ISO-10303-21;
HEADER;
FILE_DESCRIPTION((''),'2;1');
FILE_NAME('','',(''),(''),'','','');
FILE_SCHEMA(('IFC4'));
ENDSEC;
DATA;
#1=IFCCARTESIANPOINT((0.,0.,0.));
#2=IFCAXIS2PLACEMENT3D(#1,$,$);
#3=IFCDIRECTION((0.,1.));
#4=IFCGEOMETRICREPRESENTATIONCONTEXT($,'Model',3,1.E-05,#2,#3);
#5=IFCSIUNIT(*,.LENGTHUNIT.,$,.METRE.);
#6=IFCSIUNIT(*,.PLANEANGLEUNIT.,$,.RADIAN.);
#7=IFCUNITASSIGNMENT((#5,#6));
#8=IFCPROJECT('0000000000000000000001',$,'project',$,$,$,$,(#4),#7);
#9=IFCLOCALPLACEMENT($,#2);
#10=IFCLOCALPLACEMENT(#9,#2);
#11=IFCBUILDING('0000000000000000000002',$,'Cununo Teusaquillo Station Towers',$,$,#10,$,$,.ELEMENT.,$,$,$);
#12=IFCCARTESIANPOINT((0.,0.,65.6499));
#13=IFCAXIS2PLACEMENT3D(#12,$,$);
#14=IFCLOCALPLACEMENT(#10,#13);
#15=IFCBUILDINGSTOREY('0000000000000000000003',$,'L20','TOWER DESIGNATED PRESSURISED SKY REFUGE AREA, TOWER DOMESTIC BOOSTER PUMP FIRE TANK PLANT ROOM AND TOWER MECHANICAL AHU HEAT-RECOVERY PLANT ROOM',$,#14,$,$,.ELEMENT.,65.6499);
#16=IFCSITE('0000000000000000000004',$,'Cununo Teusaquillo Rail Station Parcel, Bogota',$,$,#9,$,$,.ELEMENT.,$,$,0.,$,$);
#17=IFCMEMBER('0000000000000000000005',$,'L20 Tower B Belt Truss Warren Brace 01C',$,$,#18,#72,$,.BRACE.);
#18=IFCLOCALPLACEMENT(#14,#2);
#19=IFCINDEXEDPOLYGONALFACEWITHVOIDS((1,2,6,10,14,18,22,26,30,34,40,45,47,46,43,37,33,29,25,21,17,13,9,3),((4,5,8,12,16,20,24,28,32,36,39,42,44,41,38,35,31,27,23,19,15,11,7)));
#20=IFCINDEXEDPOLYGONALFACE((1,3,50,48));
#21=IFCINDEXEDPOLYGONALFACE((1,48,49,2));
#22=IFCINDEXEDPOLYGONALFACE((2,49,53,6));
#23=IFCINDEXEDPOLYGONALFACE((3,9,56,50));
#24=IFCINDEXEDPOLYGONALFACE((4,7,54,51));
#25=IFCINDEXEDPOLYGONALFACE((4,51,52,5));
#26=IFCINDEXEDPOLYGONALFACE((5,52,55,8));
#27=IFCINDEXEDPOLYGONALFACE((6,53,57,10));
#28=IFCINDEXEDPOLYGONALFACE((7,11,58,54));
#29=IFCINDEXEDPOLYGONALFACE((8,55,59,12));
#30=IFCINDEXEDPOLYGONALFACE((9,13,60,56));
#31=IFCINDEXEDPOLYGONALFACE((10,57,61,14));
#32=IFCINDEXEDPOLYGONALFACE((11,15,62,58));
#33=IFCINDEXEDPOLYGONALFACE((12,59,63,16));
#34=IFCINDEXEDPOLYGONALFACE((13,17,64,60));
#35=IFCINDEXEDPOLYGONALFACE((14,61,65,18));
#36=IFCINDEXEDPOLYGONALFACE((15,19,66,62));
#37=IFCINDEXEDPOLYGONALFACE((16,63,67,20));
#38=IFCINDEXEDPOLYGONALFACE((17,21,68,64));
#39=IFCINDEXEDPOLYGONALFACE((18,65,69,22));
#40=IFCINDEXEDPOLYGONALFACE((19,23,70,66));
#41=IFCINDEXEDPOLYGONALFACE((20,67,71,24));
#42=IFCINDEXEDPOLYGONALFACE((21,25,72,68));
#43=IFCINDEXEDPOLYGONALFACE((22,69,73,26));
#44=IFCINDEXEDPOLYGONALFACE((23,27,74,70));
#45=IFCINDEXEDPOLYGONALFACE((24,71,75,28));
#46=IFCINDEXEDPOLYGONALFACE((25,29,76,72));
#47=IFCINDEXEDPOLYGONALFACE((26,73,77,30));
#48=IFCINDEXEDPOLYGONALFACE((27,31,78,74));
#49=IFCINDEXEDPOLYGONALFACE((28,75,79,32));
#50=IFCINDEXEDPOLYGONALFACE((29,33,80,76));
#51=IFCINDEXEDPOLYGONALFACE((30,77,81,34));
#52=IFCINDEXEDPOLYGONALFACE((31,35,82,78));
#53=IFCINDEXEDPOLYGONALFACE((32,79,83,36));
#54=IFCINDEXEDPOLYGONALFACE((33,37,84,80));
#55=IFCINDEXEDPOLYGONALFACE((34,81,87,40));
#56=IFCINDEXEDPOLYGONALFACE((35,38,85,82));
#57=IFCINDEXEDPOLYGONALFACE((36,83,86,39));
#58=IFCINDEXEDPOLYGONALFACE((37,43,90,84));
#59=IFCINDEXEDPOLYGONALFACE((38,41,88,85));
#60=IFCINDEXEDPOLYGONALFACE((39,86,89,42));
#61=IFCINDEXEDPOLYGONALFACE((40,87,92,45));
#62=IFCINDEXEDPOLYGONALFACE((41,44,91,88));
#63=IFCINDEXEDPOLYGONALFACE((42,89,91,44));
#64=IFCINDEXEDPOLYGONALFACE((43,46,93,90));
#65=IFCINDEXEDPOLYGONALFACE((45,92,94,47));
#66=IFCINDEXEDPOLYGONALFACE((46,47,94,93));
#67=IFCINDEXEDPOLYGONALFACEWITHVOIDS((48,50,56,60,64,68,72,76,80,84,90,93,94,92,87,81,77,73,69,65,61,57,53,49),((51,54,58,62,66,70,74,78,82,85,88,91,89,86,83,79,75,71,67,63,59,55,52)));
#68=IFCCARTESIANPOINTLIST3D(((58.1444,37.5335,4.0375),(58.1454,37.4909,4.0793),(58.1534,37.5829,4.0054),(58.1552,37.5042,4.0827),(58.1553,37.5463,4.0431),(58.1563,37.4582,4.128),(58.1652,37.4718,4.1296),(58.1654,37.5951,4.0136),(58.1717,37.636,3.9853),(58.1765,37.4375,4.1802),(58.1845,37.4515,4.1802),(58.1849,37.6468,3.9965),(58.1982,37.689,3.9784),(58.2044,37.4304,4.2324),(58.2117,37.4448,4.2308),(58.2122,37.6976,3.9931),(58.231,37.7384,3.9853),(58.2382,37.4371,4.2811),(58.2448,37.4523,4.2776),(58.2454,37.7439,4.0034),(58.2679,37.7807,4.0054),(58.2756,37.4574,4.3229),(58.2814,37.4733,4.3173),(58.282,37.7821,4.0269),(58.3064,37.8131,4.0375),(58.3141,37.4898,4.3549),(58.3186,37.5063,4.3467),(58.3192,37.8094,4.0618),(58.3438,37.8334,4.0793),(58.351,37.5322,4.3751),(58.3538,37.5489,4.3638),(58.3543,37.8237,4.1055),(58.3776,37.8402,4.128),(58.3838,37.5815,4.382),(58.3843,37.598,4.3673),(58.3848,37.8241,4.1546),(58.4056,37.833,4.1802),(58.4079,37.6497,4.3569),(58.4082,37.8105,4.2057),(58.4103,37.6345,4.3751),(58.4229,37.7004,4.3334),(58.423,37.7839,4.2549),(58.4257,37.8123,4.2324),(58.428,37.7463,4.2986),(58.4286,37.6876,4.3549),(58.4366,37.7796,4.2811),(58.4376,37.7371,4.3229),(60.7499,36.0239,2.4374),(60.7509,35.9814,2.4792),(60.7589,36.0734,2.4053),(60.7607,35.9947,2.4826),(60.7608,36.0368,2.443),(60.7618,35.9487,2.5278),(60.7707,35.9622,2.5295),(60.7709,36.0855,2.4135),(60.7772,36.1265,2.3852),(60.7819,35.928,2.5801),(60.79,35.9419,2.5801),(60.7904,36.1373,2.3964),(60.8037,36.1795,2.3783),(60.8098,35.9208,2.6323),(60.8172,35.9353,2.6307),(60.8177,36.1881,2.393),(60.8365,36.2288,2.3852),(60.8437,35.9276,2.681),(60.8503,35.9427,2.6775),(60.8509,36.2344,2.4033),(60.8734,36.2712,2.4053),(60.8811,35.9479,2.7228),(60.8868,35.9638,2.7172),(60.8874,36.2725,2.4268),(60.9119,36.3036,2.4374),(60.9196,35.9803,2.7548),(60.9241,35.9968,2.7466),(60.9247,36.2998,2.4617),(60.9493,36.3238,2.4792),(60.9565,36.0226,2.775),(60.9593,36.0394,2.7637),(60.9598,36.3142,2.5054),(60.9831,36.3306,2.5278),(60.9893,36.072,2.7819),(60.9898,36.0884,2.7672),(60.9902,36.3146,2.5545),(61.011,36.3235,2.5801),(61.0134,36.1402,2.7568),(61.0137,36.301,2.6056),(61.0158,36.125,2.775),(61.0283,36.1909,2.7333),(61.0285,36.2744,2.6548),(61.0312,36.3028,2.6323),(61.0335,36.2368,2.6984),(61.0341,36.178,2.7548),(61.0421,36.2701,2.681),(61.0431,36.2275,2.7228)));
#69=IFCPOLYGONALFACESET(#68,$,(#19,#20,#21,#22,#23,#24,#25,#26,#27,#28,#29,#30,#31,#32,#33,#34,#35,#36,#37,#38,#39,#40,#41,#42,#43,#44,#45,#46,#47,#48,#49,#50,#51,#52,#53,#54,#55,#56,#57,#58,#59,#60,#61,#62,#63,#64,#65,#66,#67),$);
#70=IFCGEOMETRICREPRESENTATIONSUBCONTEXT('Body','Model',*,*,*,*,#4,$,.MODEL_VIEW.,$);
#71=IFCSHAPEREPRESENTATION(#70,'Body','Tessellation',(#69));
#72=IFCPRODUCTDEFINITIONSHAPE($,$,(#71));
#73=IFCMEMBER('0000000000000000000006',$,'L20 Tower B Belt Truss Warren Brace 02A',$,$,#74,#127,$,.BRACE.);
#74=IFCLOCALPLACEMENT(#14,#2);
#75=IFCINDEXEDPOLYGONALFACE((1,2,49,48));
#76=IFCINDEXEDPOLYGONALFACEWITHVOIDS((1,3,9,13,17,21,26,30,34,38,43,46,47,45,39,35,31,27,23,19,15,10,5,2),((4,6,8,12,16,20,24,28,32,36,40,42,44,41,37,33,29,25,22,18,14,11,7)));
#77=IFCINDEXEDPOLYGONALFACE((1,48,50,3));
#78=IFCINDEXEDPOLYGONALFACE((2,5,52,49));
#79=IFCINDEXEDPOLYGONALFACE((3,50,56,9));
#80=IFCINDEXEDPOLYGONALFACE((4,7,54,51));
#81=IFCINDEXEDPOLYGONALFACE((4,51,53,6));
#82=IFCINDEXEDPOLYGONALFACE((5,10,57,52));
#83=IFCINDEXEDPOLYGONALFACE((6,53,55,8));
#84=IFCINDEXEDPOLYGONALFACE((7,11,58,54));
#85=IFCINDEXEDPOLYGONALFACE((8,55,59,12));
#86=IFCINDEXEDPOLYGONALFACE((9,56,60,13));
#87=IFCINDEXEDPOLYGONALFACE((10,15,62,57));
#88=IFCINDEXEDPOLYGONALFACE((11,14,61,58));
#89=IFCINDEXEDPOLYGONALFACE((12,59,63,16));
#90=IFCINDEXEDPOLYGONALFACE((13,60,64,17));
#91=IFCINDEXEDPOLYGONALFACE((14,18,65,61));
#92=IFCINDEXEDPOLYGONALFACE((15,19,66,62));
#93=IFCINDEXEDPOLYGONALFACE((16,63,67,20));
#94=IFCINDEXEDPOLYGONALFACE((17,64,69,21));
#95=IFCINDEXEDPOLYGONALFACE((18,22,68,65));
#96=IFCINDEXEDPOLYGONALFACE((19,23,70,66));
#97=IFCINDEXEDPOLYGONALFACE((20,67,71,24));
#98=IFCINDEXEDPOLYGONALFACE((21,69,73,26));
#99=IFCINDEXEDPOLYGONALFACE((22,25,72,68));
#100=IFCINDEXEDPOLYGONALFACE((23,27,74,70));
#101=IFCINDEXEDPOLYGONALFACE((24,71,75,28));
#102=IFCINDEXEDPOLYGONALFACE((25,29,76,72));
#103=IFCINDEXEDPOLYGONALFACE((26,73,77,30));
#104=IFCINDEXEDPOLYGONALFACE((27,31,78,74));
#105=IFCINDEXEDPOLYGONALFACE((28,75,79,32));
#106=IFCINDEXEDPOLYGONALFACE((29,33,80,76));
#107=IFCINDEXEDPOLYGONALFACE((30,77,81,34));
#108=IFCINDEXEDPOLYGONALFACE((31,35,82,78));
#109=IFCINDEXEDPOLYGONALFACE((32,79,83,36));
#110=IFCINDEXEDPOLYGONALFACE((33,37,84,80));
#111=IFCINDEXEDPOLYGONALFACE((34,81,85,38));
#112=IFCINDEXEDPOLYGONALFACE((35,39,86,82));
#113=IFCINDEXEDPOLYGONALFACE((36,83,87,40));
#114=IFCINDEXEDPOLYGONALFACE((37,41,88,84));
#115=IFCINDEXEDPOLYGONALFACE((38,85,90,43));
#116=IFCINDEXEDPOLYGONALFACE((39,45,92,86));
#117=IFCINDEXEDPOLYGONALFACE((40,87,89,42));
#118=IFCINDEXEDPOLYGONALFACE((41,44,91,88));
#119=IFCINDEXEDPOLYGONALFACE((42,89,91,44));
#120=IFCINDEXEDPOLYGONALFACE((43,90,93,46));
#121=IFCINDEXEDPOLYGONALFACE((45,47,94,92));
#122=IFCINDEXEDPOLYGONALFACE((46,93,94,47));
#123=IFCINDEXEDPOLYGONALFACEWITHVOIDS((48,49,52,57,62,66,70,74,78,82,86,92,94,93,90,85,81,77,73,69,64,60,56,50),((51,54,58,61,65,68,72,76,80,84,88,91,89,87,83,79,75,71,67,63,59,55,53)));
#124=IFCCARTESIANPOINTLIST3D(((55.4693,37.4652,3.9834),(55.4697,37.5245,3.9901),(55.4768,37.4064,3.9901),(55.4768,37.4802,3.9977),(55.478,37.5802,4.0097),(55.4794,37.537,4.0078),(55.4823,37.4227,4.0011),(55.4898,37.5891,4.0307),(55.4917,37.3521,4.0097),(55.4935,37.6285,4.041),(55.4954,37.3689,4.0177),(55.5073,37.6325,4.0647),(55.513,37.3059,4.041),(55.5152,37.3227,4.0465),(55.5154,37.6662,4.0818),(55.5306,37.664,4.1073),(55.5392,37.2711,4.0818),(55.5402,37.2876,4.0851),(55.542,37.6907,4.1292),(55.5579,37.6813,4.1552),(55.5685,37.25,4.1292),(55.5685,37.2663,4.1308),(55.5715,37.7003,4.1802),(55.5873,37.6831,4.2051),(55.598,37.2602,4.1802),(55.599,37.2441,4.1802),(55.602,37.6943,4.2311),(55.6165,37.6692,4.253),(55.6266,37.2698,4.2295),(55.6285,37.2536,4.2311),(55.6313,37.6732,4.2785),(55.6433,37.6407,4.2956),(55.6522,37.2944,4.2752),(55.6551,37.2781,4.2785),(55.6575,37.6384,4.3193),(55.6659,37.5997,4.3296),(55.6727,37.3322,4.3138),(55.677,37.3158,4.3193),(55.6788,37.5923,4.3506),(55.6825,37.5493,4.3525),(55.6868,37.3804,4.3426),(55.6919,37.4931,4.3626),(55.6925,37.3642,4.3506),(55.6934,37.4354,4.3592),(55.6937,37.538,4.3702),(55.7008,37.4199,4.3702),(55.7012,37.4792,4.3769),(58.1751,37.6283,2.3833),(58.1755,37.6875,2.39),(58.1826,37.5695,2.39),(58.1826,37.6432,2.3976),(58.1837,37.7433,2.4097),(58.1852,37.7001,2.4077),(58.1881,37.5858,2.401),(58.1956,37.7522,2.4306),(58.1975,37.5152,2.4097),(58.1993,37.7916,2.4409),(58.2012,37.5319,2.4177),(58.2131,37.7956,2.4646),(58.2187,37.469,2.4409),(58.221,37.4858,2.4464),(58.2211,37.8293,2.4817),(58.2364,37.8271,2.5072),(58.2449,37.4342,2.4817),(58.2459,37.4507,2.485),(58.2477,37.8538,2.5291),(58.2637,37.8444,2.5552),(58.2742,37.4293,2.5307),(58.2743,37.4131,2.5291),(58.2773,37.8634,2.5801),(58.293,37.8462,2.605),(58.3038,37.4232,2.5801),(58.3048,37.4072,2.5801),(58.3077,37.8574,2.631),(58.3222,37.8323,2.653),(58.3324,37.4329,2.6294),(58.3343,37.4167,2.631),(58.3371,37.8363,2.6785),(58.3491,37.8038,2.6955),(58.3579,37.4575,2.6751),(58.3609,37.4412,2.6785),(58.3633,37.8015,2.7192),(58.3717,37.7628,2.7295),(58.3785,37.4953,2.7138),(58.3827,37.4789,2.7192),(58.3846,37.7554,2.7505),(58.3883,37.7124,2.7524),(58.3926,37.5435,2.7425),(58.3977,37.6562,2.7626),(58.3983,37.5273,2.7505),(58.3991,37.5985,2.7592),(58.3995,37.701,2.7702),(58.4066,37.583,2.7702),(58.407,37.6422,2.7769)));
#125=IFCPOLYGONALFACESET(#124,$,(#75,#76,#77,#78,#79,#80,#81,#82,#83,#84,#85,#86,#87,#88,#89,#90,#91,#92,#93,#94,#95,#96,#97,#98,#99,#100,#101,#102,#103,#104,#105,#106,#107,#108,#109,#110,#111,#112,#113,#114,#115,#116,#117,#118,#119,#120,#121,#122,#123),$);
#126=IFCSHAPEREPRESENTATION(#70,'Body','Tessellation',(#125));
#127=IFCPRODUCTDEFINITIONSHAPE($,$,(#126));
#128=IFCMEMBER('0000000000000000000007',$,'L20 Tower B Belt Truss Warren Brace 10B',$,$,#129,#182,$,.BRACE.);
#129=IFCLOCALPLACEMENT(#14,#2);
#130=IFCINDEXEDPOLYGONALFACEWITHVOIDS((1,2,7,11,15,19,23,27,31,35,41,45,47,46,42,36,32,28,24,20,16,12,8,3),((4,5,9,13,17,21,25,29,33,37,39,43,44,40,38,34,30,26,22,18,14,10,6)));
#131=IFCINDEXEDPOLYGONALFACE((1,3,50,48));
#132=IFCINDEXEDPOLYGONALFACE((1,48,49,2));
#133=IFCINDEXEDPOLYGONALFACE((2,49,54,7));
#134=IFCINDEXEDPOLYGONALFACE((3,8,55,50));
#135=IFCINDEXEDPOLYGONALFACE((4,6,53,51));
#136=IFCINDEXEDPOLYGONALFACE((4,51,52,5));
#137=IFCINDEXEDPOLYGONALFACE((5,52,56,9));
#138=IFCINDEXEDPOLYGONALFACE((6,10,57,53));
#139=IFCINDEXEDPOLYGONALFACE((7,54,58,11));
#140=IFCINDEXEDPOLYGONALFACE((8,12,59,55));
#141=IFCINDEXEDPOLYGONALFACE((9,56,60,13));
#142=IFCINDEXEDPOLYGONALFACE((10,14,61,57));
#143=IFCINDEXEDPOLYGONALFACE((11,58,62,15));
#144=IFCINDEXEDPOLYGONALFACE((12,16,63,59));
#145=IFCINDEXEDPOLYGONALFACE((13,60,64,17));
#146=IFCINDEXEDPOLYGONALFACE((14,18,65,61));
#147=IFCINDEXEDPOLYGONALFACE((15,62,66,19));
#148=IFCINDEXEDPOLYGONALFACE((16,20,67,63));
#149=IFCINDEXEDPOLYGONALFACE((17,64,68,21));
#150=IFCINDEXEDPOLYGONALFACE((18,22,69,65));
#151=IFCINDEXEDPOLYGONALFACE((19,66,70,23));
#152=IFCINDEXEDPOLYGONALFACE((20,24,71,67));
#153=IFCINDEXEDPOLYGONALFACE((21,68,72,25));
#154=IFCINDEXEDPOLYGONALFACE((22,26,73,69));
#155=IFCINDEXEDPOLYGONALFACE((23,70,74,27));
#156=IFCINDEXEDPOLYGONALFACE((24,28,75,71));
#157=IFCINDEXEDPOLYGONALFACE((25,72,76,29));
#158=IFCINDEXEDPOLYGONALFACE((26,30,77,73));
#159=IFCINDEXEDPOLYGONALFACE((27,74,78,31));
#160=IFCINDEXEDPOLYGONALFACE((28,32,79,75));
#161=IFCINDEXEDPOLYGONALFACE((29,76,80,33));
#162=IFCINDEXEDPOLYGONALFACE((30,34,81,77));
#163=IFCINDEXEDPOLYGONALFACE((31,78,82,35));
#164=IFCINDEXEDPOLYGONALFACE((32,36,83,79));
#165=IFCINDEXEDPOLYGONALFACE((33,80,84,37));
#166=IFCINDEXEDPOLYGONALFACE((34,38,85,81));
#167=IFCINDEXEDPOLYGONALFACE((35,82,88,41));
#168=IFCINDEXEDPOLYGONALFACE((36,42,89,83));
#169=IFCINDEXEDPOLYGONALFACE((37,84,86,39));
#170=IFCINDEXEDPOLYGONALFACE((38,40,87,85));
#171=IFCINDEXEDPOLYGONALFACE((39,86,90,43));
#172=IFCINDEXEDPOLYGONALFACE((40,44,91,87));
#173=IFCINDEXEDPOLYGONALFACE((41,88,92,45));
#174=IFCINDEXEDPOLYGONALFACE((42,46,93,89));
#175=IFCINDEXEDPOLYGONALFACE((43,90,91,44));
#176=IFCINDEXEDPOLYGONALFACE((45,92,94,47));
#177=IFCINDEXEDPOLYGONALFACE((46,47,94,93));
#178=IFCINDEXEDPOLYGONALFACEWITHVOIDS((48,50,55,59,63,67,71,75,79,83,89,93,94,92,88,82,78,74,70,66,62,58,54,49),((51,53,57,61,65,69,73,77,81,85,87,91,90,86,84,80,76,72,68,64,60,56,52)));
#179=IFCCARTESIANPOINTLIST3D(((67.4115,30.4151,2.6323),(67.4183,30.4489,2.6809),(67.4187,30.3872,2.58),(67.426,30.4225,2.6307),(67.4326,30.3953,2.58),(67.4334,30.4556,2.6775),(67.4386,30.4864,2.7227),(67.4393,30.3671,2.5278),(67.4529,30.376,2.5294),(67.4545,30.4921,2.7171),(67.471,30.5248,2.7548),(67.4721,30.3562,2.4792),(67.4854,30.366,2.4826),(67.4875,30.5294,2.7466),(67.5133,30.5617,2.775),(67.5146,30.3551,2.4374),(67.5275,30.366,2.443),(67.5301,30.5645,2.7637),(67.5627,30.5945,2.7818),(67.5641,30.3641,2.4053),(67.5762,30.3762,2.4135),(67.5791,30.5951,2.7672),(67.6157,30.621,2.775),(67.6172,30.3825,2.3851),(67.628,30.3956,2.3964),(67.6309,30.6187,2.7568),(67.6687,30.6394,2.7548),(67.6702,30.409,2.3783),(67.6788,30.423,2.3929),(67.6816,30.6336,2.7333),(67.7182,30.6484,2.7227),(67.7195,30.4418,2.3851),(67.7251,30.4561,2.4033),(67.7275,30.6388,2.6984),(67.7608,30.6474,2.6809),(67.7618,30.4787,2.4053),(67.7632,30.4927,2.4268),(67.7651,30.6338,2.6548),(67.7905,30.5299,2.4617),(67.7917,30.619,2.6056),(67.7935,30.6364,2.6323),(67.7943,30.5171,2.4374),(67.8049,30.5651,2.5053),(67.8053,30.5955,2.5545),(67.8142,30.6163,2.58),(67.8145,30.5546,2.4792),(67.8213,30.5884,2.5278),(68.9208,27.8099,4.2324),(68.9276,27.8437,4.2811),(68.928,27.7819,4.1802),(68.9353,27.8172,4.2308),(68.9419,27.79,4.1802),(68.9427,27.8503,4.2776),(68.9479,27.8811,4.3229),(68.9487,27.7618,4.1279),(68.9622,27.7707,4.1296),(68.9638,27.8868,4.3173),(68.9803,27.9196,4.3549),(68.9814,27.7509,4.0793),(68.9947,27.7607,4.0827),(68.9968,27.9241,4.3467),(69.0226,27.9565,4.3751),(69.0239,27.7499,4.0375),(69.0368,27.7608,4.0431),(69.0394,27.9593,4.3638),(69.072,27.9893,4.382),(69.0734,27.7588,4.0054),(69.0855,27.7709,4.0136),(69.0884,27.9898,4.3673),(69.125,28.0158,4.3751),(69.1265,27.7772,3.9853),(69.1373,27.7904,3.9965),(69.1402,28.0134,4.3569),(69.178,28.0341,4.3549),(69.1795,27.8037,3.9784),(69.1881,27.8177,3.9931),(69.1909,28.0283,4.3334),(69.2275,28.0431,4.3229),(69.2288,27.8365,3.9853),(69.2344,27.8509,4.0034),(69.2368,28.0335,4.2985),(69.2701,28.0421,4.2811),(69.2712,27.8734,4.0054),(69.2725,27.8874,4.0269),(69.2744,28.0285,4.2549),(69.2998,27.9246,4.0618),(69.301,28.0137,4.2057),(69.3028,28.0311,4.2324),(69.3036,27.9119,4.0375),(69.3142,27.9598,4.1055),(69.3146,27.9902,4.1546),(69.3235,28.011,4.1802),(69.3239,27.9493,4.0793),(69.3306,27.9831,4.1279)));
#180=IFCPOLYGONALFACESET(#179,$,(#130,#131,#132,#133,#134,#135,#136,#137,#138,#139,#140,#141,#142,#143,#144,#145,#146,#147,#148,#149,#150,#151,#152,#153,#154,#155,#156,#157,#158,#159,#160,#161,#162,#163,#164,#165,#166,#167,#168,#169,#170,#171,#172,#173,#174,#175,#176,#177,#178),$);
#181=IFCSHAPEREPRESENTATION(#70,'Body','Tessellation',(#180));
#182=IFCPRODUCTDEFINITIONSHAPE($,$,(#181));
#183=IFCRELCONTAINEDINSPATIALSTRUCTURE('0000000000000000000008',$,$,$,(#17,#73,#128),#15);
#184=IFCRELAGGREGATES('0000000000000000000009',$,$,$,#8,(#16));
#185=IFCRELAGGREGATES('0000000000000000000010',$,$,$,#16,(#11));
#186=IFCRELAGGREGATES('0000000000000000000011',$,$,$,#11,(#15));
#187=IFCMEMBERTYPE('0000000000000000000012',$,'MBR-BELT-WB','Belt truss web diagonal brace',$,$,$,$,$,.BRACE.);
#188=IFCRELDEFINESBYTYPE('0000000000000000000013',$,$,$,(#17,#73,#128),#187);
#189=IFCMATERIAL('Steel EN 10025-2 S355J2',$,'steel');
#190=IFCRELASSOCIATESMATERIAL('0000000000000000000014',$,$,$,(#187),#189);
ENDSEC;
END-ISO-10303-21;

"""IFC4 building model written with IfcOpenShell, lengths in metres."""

from ifc_helpers import new_model, si_unit, direction, frame, origin, origin_2d, place, context, subcontext, project, spatial, hollow_circle, extrude, material, material_profile, profile_set, type_object, element, save


model = new_model("IFC4")

# Units and contexts
model_context = context("Model", 3, precision=1e-05, world=origin(), true_north=direction((0.0, 1.0)))
body_context = subcontext(model_context, "Body", "Model", "MODEL_VIEW")
ifc_project = project(units=[si_unit("LENGTHUNIT", "METRE"), si_unit("PLANEANGLEUNIT", "RADIAN")], contexts=[model_context])

# Site, building, storey
site_placement = place(None, origin())
site = spatial("IfcSite", under=ifc_project, at=site_placement, Name="Cununo Teusaquillo Rail Station Parcel, Bogota", CompositionType="ELEMENT", RefElevation=0.0)
building_placement = place(site_placement, origin())
building = spatial("IfcBuilding", under=site, at=building_placement, Name="Cununo Teusaquillo Station Towers", CompositionType="ELEMENT")
storey_placement = place(building_placement, frame((0.0, 0.0, 65.6499)))
storey = spatial("IfcBuildingStorey", under=building, at=storey_placement, Name="L20", Description="TOWER DESIGNATED PRESSURISED SKY REFUGE AREA, TOWER DOMESTIC BOOSTER PUMP FIRE TANK PLANT ROOM AND TOWER MECHANICAL AHU HEAT-RECOVERY PLANT ROOM", CompositionType="ELEMENT", Elevation=65.6499)

# Members
ifc_material_1 = material(Name="Steel EN 10025-2 S355J2", Category="steel")
ifc_material_profile_1 = material_profile(ifc_material_1, hollow_circle(Radius=0.2285, WallThickness=0.0161, at=origin_2d()), Name="CHS 457x16")
ifc_profile_set_1 = profile_set([ifc_material_profile_1], Name="Steel EN 10025-2 S355J2")
member_type_1 = type_object("IfcMemberType", Name="MBR-BELT-WB", Description="Belt truss web diagonal brace", PredefinedType="BRACE", material=ifc_profile_set_1)
member_1_placement = place(storey_placement, frame((60.8965, 36.1257, 2.5801), z_axis=(-0.764089, 0.442688, 0.46925), x_axis=(-0.501308, -0.865269, 0.0)))
element("IfcMember", 1, at=member_1_placement, inside=storey, type_object=member_type_1, Name="L20 Tower B Belt Truss Warren Brace 01C", PredefinedType="BRACE", context=body_context, shape_type="SweptSolid", body=[
    extrude(hollow_circle(Radius=0.2285, WallThickness=0.0161, at=origin_2d()), origin(), (0.0, 0.0, 1.0), 3.4099),
])
member_2_placement = place(storey_placement, frame((58.291, 37.6353, 2.5801), z_axis=(-0.859602, -0.05181, 0.508331), x_axis=(0.060163, -0.998189, 0.0)))
element("IfcMember", 2, at=member_2_placement, inside=storey, type_object=member_type_1, Name="L20 Tower B Belt Truss Warren Brace 02A", PredefinedType="BRACE", context=body_context, shape_type="SweptSolid", body=[
    extrude(hollow_circle(Radius=0.2285, WallThickness=0.0161, at=origin_2d()), origin(), (0.0, 0.0, 1.0), 3.1477),
])
for number, where, z_axis, x_axis, name in (
    (3, (69.1257, 27.8965, 4.1802), (-0.442654, 0.764083, -0.469291), (-0.865284, -0.501282, 0.0), "L20 Tower B Belt Truss Warren Brace 10B"),
):
    element("IfcMember", number, at=place(storey_placement, frame(where, z_axis=z_axis, x_axis=x_axis)), inside=storey, type_object=member_type_1, Name=name, PredefinedType="BRACE", context=body_context, shape_type="SweptSolid", body=[
        extrude(hollow_circle(Radius=0.2285, WallThickness=0.0161, at=origin_2d()), origin(), (0.0, 0.0, 1.0), 3.4097),
    ])

save(model, "model.ifc")
